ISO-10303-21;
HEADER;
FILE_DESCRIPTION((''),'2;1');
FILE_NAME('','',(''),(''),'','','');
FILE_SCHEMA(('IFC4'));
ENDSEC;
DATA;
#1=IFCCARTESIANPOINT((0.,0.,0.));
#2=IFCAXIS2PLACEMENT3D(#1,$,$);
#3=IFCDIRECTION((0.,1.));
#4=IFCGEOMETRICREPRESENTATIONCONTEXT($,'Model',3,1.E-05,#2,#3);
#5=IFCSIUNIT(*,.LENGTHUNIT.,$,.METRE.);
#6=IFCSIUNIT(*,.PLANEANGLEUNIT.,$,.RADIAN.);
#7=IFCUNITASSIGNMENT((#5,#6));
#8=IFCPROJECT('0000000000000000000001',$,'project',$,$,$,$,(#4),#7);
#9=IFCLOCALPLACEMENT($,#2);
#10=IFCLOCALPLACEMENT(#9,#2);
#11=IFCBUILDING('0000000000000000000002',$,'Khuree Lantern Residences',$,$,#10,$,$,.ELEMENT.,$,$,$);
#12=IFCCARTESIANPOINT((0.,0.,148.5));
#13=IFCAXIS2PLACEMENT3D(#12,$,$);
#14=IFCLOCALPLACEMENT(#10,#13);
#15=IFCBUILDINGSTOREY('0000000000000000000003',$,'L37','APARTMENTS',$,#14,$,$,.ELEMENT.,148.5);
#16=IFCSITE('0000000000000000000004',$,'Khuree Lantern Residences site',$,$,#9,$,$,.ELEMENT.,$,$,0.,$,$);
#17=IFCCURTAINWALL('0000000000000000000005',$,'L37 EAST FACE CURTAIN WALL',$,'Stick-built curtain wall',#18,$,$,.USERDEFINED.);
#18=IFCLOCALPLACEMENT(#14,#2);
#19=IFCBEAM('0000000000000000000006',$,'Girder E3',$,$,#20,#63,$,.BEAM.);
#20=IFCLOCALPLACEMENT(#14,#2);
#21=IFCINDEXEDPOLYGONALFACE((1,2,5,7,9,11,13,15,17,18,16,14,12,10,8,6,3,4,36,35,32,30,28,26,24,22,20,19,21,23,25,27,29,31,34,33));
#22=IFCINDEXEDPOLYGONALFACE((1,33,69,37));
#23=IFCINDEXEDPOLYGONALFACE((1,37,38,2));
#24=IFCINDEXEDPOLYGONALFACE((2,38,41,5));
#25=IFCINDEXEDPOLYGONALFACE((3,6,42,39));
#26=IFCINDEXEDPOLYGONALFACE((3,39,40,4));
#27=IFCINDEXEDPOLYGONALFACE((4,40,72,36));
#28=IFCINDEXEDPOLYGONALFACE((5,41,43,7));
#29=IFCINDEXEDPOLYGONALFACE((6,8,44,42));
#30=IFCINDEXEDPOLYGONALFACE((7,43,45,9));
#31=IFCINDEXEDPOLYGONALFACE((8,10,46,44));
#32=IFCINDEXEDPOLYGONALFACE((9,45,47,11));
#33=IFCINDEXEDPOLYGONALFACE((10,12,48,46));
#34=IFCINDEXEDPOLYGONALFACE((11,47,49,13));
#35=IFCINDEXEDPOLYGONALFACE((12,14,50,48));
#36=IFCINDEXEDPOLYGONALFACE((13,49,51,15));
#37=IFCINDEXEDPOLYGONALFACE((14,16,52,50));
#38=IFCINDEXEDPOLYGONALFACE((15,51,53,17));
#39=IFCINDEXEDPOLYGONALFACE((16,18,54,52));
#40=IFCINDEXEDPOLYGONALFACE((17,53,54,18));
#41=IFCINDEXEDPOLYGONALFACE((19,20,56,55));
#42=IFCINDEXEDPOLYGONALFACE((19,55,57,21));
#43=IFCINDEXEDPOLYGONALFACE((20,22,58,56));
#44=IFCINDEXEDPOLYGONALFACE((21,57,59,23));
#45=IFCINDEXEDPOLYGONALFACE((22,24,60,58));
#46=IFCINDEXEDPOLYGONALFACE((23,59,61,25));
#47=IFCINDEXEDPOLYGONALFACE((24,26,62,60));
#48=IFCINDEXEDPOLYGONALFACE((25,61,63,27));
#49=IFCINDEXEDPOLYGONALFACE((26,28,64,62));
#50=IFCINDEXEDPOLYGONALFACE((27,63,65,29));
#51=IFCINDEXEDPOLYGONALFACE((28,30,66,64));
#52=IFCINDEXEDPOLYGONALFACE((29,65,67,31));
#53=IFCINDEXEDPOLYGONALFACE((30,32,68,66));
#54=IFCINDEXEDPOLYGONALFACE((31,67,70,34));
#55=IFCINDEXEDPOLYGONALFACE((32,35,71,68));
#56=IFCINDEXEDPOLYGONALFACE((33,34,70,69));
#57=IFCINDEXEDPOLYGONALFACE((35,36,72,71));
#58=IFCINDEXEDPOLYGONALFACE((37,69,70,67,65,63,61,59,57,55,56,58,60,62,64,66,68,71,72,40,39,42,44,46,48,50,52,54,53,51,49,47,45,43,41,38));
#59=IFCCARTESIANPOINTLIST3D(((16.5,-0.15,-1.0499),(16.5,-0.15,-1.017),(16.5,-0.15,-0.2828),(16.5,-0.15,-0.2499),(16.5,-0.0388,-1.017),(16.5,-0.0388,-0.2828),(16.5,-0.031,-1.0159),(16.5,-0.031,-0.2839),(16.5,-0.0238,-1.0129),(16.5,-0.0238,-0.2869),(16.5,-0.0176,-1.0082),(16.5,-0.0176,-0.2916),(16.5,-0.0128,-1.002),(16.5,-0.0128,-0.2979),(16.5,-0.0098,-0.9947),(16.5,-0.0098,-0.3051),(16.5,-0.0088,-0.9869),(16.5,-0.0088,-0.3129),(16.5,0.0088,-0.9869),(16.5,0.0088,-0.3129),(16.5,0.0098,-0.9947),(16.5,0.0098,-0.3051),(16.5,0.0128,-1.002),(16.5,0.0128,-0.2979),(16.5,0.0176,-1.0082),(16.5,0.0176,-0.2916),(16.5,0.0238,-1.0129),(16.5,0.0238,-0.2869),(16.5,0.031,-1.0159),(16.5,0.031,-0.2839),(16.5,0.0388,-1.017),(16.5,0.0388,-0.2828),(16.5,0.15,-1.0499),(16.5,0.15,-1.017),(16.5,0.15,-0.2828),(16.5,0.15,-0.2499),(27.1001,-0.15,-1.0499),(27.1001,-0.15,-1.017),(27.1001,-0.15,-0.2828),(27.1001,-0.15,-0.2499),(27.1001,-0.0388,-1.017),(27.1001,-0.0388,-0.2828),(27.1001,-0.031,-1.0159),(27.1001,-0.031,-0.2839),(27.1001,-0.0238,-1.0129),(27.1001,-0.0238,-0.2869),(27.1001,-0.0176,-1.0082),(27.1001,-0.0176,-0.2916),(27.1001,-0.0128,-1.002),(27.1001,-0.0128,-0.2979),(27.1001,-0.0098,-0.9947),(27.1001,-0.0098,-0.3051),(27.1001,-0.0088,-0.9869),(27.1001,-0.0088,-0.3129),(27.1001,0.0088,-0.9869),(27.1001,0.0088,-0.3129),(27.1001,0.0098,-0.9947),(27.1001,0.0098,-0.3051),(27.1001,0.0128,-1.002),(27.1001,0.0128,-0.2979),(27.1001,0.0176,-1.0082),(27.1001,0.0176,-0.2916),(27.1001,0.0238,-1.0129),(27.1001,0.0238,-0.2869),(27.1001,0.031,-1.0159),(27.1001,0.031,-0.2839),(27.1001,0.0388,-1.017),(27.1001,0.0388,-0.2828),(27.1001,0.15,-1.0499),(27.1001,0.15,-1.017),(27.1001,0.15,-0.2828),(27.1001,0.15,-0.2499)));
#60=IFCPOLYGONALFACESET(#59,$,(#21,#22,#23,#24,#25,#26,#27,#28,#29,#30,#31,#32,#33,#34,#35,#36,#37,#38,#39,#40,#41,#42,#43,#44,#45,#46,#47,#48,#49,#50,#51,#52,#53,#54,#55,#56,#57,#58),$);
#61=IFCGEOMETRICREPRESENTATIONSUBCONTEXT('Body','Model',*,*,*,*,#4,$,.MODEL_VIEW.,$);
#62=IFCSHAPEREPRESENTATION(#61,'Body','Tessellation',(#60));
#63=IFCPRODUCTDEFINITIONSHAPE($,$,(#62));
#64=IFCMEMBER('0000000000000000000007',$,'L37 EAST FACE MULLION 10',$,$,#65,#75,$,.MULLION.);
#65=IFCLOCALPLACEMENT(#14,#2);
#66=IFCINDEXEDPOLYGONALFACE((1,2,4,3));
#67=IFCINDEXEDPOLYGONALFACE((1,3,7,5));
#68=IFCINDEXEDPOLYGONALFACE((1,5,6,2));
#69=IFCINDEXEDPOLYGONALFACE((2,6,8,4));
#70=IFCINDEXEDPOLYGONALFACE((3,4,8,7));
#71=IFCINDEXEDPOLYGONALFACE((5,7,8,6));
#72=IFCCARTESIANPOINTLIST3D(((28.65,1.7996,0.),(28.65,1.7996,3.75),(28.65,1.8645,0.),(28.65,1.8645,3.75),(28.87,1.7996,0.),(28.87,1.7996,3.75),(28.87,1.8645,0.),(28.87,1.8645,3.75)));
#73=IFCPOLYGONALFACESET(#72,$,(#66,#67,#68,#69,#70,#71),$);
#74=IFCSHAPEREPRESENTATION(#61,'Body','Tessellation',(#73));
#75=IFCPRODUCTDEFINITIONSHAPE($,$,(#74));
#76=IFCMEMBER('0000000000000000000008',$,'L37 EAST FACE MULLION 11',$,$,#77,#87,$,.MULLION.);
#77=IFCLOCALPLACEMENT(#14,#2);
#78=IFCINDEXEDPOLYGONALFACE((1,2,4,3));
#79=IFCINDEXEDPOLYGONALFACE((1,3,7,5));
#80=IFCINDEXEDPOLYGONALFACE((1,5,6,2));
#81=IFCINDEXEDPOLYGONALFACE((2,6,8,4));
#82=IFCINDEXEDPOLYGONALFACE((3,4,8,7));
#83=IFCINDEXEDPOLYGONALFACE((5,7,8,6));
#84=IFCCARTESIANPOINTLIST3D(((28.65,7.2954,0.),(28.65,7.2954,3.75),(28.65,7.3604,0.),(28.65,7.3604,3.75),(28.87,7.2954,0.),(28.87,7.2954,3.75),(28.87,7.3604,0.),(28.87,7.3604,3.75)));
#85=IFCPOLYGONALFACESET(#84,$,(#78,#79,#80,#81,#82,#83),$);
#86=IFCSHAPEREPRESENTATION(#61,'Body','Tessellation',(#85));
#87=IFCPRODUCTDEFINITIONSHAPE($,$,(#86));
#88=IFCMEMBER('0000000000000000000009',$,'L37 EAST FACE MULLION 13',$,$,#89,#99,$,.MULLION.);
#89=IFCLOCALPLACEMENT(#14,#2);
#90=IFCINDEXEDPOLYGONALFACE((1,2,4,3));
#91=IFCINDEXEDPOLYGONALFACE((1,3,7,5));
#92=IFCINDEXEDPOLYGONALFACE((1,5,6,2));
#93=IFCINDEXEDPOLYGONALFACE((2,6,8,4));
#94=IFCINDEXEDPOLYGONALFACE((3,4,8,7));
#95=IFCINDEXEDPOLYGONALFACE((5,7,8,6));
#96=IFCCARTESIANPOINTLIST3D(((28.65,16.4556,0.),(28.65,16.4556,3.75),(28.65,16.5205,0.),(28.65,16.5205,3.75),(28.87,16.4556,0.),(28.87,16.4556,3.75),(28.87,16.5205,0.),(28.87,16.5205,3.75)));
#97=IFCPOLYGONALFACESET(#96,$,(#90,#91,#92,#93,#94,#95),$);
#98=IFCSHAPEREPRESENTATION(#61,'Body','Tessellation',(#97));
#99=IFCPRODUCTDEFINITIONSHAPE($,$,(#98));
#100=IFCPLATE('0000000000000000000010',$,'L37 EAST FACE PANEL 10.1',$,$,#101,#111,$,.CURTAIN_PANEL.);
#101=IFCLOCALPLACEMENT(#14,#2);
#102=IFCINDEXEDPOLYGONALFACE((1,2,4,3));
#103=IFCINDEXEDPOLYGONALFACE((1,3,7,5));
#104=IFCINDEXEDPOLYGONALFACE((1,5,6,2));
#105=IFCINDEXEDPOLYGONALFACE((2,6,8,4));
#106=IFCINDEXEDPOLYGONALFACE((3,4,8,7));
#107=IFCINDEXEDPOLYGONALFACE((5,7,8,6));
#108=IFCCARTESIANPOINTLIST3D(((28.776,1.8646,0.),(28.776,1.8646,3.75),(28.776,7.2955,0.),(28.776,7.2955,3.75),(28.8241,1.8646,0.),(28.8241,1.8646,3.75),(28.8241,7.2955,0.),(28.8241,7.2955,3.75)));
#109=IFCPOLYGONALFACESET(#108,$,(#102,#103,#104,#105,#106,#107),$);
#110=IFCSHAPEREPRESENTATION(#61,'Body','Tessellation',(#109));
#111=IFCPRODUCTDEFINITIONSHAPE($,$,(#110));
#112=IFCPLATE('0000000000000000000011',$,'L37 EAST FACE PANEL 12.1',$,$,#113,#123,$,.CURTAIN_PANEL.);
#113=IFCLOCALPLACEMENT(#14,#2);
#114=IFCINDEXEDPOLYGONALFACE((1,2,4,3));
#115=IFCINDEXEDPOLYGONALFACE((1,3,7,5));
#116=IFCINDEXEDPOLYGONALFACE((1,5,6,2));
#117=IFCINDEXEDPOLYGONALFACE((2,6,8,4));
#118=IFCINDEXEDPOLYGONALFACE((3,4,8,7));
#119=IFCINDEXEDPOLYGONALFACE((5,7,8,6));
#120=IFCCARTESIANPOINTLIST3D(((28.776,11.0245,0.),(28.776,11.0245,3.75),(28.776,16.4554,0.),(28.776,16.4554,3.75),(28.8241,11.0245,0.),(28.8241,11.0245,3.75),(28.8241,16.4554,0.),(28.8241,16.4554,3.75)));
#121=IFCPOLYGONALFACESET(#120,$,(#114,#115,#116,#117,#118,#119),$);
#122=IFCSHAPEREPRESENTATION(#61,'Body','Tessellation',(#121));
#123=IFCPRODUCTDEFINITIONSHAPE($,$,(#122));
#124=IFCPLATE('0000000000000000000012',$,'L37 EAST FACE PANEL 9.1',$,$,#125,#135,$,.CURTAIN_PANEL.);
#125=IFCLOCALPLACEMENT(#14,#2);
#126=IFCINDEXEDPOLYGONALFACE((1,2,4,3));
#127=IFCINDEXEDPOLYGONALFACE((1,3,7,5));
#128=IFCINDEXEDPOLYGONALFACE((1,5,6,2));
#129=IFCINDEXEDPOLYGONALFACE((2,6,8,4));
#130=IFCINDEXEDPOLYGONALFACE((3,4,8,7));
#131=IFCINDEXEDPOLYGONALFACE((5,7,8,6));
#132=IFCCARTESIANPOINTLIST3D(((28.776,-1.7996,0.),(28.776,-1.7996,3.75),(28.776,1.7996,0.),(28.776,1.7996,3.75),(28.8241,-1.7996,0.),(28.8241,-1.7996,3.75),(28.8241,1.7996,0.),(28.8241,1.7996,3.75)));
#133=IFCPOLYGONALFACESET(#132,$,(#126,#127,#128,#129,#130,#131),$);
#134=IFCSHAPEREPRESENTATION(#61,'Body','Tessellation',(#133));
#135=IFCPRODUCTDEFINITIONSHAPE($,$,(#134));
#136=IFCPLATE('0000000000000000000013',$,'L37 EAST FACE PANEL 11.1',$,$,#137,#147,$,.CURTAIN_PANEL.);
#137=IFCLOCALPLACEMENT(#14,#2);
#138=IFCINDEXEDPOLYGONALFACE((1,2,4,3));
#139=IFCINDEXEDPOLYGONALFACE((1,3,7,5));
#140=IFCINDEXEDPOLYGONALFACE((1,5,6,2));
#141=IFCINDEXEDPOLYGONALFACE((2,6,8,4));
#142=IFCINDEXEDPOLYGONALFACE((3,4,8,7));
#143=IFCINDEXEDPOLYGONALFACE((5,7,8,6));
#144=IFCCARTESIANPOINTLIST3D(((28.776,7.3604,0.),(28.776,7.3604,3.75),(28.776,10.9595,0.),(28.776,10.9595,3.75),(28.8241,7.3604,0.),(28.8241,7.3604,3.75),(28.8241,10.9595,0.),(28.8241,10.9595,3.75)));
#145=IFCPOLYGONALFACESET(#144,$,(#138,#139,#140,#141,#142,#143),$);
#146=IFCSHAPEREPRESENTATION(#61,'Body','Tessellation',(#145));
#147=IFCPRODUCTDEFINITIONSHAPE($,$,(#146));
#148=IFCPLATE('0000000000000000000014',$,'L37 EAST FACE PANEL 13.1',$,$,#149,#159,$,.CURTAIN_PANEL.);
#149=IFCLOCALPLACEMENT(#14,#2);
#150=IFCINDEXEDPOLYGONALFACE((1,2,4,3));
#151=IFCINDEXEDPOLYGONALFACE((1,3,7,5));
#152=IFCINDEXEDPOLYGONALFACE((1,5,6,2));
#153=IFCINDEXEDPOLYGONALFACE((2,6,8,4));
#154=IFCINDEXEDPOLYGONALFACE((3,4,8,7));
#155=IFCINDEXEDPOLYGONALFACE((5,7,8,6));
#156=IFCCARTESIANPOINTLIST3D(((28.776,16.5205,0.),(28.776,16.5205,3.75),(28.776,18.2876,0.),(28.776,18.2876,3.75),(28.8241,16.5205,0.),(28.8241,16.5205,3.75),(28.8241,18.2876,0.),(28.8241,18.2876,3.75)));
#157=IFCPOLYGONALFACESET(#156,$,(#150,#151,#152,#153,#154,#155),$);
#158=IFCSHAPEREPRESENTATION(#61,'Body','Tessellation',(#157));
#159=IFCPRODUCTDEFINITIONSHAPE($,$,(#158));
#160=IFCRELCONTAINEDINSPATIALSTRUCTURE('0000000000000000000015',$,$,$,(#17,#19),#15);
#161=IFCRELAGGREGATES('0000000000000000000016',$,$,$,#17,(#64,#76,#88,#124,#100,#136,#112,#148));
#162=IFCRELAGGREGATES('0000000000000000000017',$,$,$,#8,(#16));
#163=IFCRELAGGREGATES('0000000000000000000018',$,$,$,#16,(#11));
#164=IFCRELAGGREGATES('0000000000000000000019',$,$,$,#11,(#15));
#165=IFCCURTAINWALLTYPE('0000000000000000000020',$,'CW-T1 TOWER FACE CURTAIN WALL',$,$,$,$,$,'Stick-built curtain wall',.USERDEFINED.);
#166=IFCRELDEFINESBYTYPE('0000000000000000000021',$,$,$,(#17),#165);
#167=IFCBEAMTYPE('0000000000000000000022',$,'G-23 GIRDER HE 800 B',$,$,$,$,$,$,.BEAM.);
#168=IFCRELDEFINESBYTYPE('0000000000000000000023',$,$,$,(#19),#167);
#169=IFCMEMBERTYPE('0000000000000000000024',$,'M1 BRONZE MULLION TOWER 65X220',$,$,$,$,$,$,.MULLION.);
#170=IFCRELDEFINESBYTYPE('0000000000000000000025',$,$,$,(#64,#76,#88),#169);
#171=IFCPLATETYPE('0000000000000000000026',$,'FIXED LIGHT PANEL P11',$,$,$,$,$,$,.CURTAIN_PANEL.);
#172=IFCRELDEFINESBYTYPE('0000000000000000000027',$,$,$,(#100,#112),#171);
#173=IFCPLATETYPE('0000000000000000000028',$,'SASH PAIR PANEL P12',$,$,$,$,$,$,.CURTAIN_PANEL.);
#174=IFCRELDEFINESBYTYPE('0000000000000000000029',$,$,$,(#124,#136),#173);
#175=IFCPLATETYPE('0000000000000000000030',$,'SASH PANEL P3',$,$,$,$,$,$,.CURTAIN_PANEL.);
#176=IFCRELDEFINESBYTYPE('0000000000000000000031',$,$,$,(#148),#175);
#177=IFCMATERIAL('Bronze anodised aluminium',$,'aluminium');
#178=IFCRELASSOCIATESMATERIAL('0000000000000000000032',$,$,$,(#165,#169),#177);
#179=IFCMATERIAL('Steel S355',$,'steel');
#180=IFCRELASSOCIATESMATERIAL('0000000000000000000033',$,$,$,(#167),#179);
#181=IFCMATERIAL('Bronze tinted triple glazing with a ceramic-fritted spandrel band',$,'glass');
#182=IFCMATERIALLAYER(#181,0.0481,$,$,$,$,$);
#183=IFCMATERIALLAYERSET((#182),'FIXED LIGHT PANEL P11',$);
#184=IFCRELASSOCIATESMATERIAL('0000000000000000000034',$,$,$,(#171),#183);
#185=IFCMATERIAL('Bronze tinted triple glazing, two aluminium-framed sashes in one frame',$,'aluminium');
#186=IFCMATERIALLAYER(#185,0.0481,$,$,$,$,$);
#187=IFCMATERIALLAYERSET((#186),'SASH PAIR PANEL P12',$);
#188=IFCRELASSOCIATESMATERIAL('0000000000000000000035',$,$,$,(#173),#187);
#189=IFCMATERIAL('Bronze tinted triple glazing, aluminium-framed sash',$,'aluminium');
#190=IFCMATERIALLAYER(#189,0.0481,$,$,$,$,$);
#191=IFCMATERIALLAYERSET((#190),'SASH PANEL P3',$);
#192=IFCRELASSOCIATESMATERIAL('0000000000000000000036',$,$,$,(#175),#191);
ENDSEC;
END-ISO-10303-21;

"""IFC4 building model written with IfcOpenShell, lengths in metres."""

from ifc_helpers import new_model, si_unit, direction, frame, origin, origin_2d, place, context, subcontext, project, spatial, rectangle, i_section, extrude, material, layer, layer_set, material_profile, profile_set, type_object, element, aggregate, save


model = new_model("IFC4")

# Units and contexts
model_context = context("Model", 3, precision=1e-05, world=origin(), true_north=direction((0.0, 1.0)))
body_context = subcontext(model_context, "Body", "Model", "MODEL_VIEW")
ifc_project = project(units=[si_unit("LENGTHUNIT", "METRE"), si_unit("PLANEANGLEUNIT", "RADIAN")], contexts=[model_context])

# Site, building, storey
site_placement = place(None, origin())
site = spatial("IfcSite", under=ifc_project, at=site_placement, Name="Khuree Lantern Residences site", CompositionType="ELEMENT", RefElevation=0.0)
building_placement = place(site_placement, origin())
building = spatial("IfcBuilding", under=site, at=building_placement, Name="Khuree Lantern Residences", CompositionType="ELEMENT")
storey_placement = place(building_placement, frame((0.0, 0.0, 148.5)))
storey = spatial("IfcBuildingStorey", under=building, at=storey_placement, Name="L37", Description="APARTMENTS", CompositionType="ELEMENT", Elevation=148.5)

# Shared definitions
ifc_material_1 = material(Name="Steel S355", Category="steel")

# Curtain wall
ifc_material_2 = material(Name="Bronze anodised aluminium", Category="aluminium")
curtain_wall_type = type_object("IfcCurtainWallType", Name="CW-T1 TOWER FACE CURTAIN WALL", ElementType="Stick-built curtain wall", PredefinedType="USERDEFINED", material=ifc_material_2)
curtain_wall_placement = place(storey_placement, origin())
curtain_wall = element("IfcCurtainWall", 1, at=curtain_wall_placement, inside=storey, type_object=curtain_wall_type, Name="L37 EAST FACE CURTAIN WALL", ObjectType="Stick-built curtain wall", PredefinedType="USERDEFINED")

# Beam
ifc_material_profile_1 = material_profile(ifc_material_1, i_section(OverallWidth=0.3, OverallDepth=0.8, WebThickness=0.0176, FlangeThickness=0.033, FilletRadius=0.03, at=origin_2d()), Name="HE 800 B")
ifc_profile_set_1 = profile_set([ifc_material_profile_1], Name="Steel S355")
beam_type_1 = type_object("IfcBeamType", Name="G-23 GIRDER HE 800 B", PredefinedType="BEAM", material=ifc_profile_set_1)
for number, where, z_axis, x_axis, name in (
    (2, (27.1001, 0.0, -0.6499), (-1.0, 0.0, 0.0), (0.0, -1.0, 0.0), "Girder E3"),
):
    element("IfcBeam", number, at=place(storey_placement, frame(where, z_axis=z_axis, x_axis=x_axis)), inside=storey, type_object=beam_type_1, Name=name, PredefinedType="BEAM", context=body_context, shape_type="SweptSolid", body=[
        extrude(i_section(OverallWidth=0.3, OverallDepth=0.8, WebThickness=0.0176, FlangeThickness=0.033, FilletRadius=0.03, at=origin_2d()), origin(), (0.0, 0.0, 1.0), 10.6001),
    ])

# Members
ifc_material_profile_2 = material_profile(ifc_material_2, rectangle(XDim=0.0649, YDim=0.22, at=origin_2d()), Name="M1 65X220")
ifc_profile_set_2 = profile_set([ifc_material_profile_2], Name="Bronze anodised aluminium")
member_type_1 = type_object("IfcMemberType", Name="M1 BRONZE MULLION TOWER 65X220", PredefinedType="MULLION", material=ifc_profile_set_2)
member_1_placement = place(storey_placement, frame((28.76, 1.832, 0.0), z_axis=(0.0, 0.0, 1.0), x_axis=(0.0, 1.0, 0.0)))
member_1 = element("IfcMember", 3, at=member_1_placement, type_object=member_type_1, Name="L37 EAST FACE MULLION 10", PredefinedType="MULLION", context=body_context, shape_type="SweptSolid", body=[
    extrude(rectangle(XDim=0.0649, YDim=0.22, at=origin_2d()), origin(), (0.0, 0.0, 1.0), 3.75),
])
member_2_placement = place(storey_placement, frame((28.76, 7.3279, 0.0), z_axis=(0.0, 0.0, 1.0), x_axis=(0.0, 1.0, 0.0)))
member_2 = element("IfcMember", 4, at=member_2_placement, type_object=member_type_1, Name="L37 EAST FACE MULLION 11", PredefinedType="MULLION", context=body_context, shape_type="SweptSolid", body=[
    extrude(rectangle(XDim=0.0649, YDim=0.22, at=origin_2d()), origin(), (0.0, 0.0, 1.0), 3.75),
])
member_3_placement = place(storey_placement, frame((28.76, 16.488, 0.0), z_axis=(0.0, 0.0, 1.0), x_axis=(0.0, 1.0, 0.0)))
member_3 = element("IfcMember", 5, at=member_3_placement, type_object=member_type_1, Name="L37 EAST FACE MULLION 13", PredefinedType="MULLION", context=body_context, shape_type="SweptSolid", body=[
    extrude(rectangle(XDim=0.0649, YDim=0.22, at=origin_2d()), origin(), (0.0, 0.0, 1.0), 3.75),
])

# Plates
ifc_material_3 = material(Name="Bronze tinted triple glazing with a ceramic-fritted spandrel band", Category="glass")
ifc_layer_1 = layer(ifc_material_3, 0.0481)
ifc_layer_set_1 = layer_set([ifc_layer_1], Name="FIXED LIGHT PANEL P11")
plate_type_1 = type_object("IfcPlateType", Name="FIXED LIGHT PANEL P11", PredefinedType="CURTAIN_PANEL", material=ifc_layer_set_1)
plate_1_placement = place(storey_placement, frame((28.8, 4.5801, 0.0), z_axis=(0.0, 0.0, 1.0), x_axis=(0.0, 1.0, 0.0)))
plate_1 = element("IfcPlate", 6, at=plate_1_placement, type_object=plate_type_1, Name="L37 EAST FACE PANEL 10.1", PredefinedType="CURTAIN_PANEL", context=body_context, shape_type="SweptSolid", body=[
    extrude(rectangle(XDim=5.4309, YDim=0.0481, at=origin_2d()), origin(), (0.0, 0.0, 1.0), 3.75),
])
plate_2_placement = place(storey_placement, frame((28.8, 13.74, 0.0), z_axis=(0.0, 0.0, 1.0), x_axis=(0.0, 1.0, 0.0)))
plate_2 = element("IfcPlate", 7, at=plate_2_placement, type_object=plate_type_1, Name="L37 EAST FACE PANEL 12.1", PredefinedType="CURTAIN_PANEL", context=body_context, shape_type="SweptSolid", body=[
    extrude(rectangle(XDim=5.4309, YDim=0.0481, at=origin_2d()), origin(), (0.0, 0.0, 1.0), 3.75),
])
ifc_material_4 = material(Name="Bronze tinted triple glazing, two aluminium-framed sashes in one frame", Category="aluminium")
ifc_layer_2 = layer(ifc_material_4, 0.0481)
ifc_layer_set_2 = layer_set([ifc_layer_2], Name="SASH PAIR PANEL P12")
plate_type_2 = type_object("IfcPlateType", Name="SASH PAIR PANEL P12", PredefinedType="CURTAIN_PANEL", material=ifc_layer_set_2)
plate_3_placement = place(storey_placement, frame((28.8, 0.0, 0.0), z_axis=(0.0, 0.0, 1.0), x_axis=(0.0, 1.0, 0.0)))
plate_3 = element("IfcPlate", 8, at=plate_3_placement, type_object=plate_type_2, Name="L37 EAST FACE PANEL 9.1", PredefinedType="CURTAIN_PANEL", context=body_context, shape_type="SweptSolid", body=[
    extrude(rectangle(XDim=3.5991, YDim=0.0481, at=origin_2d()), origin(), (0.0, 0.0, 1.0), 3.75),
])
plate_4_placement = place(storey_placement, frame((28.8, 9.1599, 0.0), z_axis=(0.0, 0.0, 1.0), x_axis=(0.0, 1.0, 0.0)))
plate_4 = element("IfcPlate", 9, at=plate_4_placement, type_object=plate_type_2, Name="L37 EAST FACE PANEL 11.1", PredefinedType="CURTAIN_PANEL", context=body_context, shape_type="SweptSolid", body=[
    extrude(rectangle(XDim=3.5991, YDim=0.0481, at=origin_2d()), origin(), (0.0, 0.0, 1.0), 3.75),
])
ifc_material_5 = material(Name="Bronze tinted triple glazing, aluminium-framed sash", Category="aluminium")
ifc_layer_3 = layer(ifc_material_5, 0.0481)
ifc_layer_set_3 = layer_set([ifc_layer_3], Name="SASH PANEL P3")
plate_type_3 = type_object("IfcPlateType", Name="SASH PANEL P3", PredefinedType="CURTAIN_PANEL", material=ifc_layer_set_3)
plate_5_placement = place(storey_placement, frame((28.8, 17.4041, 0.0), z_axis=(0.0, 0.0, 1.0), x_axis=(0.0, 1.0, 0.0)))
plate_5 = element("IfcPlate", 10, at=plate_5_placement, type_object=plate_type_3, Name="L37 EAST FACE PANEL 13.1", PredefinedType="CURTAIN_PANEL", context=body_context, shape_type="SweptSolid", body=[
    extrude(rectangle(XDim=1.7671, YDim=0.0481, at=origin_2d()), origin(), (0.0, 0.0, 1.0), 3.75),
])
aggregate(curtain_wall, [member_1, member_2, member_3, plate_3, plate_1, plate_4, plate_2, plate_5])

save(model, "model.ifc")
